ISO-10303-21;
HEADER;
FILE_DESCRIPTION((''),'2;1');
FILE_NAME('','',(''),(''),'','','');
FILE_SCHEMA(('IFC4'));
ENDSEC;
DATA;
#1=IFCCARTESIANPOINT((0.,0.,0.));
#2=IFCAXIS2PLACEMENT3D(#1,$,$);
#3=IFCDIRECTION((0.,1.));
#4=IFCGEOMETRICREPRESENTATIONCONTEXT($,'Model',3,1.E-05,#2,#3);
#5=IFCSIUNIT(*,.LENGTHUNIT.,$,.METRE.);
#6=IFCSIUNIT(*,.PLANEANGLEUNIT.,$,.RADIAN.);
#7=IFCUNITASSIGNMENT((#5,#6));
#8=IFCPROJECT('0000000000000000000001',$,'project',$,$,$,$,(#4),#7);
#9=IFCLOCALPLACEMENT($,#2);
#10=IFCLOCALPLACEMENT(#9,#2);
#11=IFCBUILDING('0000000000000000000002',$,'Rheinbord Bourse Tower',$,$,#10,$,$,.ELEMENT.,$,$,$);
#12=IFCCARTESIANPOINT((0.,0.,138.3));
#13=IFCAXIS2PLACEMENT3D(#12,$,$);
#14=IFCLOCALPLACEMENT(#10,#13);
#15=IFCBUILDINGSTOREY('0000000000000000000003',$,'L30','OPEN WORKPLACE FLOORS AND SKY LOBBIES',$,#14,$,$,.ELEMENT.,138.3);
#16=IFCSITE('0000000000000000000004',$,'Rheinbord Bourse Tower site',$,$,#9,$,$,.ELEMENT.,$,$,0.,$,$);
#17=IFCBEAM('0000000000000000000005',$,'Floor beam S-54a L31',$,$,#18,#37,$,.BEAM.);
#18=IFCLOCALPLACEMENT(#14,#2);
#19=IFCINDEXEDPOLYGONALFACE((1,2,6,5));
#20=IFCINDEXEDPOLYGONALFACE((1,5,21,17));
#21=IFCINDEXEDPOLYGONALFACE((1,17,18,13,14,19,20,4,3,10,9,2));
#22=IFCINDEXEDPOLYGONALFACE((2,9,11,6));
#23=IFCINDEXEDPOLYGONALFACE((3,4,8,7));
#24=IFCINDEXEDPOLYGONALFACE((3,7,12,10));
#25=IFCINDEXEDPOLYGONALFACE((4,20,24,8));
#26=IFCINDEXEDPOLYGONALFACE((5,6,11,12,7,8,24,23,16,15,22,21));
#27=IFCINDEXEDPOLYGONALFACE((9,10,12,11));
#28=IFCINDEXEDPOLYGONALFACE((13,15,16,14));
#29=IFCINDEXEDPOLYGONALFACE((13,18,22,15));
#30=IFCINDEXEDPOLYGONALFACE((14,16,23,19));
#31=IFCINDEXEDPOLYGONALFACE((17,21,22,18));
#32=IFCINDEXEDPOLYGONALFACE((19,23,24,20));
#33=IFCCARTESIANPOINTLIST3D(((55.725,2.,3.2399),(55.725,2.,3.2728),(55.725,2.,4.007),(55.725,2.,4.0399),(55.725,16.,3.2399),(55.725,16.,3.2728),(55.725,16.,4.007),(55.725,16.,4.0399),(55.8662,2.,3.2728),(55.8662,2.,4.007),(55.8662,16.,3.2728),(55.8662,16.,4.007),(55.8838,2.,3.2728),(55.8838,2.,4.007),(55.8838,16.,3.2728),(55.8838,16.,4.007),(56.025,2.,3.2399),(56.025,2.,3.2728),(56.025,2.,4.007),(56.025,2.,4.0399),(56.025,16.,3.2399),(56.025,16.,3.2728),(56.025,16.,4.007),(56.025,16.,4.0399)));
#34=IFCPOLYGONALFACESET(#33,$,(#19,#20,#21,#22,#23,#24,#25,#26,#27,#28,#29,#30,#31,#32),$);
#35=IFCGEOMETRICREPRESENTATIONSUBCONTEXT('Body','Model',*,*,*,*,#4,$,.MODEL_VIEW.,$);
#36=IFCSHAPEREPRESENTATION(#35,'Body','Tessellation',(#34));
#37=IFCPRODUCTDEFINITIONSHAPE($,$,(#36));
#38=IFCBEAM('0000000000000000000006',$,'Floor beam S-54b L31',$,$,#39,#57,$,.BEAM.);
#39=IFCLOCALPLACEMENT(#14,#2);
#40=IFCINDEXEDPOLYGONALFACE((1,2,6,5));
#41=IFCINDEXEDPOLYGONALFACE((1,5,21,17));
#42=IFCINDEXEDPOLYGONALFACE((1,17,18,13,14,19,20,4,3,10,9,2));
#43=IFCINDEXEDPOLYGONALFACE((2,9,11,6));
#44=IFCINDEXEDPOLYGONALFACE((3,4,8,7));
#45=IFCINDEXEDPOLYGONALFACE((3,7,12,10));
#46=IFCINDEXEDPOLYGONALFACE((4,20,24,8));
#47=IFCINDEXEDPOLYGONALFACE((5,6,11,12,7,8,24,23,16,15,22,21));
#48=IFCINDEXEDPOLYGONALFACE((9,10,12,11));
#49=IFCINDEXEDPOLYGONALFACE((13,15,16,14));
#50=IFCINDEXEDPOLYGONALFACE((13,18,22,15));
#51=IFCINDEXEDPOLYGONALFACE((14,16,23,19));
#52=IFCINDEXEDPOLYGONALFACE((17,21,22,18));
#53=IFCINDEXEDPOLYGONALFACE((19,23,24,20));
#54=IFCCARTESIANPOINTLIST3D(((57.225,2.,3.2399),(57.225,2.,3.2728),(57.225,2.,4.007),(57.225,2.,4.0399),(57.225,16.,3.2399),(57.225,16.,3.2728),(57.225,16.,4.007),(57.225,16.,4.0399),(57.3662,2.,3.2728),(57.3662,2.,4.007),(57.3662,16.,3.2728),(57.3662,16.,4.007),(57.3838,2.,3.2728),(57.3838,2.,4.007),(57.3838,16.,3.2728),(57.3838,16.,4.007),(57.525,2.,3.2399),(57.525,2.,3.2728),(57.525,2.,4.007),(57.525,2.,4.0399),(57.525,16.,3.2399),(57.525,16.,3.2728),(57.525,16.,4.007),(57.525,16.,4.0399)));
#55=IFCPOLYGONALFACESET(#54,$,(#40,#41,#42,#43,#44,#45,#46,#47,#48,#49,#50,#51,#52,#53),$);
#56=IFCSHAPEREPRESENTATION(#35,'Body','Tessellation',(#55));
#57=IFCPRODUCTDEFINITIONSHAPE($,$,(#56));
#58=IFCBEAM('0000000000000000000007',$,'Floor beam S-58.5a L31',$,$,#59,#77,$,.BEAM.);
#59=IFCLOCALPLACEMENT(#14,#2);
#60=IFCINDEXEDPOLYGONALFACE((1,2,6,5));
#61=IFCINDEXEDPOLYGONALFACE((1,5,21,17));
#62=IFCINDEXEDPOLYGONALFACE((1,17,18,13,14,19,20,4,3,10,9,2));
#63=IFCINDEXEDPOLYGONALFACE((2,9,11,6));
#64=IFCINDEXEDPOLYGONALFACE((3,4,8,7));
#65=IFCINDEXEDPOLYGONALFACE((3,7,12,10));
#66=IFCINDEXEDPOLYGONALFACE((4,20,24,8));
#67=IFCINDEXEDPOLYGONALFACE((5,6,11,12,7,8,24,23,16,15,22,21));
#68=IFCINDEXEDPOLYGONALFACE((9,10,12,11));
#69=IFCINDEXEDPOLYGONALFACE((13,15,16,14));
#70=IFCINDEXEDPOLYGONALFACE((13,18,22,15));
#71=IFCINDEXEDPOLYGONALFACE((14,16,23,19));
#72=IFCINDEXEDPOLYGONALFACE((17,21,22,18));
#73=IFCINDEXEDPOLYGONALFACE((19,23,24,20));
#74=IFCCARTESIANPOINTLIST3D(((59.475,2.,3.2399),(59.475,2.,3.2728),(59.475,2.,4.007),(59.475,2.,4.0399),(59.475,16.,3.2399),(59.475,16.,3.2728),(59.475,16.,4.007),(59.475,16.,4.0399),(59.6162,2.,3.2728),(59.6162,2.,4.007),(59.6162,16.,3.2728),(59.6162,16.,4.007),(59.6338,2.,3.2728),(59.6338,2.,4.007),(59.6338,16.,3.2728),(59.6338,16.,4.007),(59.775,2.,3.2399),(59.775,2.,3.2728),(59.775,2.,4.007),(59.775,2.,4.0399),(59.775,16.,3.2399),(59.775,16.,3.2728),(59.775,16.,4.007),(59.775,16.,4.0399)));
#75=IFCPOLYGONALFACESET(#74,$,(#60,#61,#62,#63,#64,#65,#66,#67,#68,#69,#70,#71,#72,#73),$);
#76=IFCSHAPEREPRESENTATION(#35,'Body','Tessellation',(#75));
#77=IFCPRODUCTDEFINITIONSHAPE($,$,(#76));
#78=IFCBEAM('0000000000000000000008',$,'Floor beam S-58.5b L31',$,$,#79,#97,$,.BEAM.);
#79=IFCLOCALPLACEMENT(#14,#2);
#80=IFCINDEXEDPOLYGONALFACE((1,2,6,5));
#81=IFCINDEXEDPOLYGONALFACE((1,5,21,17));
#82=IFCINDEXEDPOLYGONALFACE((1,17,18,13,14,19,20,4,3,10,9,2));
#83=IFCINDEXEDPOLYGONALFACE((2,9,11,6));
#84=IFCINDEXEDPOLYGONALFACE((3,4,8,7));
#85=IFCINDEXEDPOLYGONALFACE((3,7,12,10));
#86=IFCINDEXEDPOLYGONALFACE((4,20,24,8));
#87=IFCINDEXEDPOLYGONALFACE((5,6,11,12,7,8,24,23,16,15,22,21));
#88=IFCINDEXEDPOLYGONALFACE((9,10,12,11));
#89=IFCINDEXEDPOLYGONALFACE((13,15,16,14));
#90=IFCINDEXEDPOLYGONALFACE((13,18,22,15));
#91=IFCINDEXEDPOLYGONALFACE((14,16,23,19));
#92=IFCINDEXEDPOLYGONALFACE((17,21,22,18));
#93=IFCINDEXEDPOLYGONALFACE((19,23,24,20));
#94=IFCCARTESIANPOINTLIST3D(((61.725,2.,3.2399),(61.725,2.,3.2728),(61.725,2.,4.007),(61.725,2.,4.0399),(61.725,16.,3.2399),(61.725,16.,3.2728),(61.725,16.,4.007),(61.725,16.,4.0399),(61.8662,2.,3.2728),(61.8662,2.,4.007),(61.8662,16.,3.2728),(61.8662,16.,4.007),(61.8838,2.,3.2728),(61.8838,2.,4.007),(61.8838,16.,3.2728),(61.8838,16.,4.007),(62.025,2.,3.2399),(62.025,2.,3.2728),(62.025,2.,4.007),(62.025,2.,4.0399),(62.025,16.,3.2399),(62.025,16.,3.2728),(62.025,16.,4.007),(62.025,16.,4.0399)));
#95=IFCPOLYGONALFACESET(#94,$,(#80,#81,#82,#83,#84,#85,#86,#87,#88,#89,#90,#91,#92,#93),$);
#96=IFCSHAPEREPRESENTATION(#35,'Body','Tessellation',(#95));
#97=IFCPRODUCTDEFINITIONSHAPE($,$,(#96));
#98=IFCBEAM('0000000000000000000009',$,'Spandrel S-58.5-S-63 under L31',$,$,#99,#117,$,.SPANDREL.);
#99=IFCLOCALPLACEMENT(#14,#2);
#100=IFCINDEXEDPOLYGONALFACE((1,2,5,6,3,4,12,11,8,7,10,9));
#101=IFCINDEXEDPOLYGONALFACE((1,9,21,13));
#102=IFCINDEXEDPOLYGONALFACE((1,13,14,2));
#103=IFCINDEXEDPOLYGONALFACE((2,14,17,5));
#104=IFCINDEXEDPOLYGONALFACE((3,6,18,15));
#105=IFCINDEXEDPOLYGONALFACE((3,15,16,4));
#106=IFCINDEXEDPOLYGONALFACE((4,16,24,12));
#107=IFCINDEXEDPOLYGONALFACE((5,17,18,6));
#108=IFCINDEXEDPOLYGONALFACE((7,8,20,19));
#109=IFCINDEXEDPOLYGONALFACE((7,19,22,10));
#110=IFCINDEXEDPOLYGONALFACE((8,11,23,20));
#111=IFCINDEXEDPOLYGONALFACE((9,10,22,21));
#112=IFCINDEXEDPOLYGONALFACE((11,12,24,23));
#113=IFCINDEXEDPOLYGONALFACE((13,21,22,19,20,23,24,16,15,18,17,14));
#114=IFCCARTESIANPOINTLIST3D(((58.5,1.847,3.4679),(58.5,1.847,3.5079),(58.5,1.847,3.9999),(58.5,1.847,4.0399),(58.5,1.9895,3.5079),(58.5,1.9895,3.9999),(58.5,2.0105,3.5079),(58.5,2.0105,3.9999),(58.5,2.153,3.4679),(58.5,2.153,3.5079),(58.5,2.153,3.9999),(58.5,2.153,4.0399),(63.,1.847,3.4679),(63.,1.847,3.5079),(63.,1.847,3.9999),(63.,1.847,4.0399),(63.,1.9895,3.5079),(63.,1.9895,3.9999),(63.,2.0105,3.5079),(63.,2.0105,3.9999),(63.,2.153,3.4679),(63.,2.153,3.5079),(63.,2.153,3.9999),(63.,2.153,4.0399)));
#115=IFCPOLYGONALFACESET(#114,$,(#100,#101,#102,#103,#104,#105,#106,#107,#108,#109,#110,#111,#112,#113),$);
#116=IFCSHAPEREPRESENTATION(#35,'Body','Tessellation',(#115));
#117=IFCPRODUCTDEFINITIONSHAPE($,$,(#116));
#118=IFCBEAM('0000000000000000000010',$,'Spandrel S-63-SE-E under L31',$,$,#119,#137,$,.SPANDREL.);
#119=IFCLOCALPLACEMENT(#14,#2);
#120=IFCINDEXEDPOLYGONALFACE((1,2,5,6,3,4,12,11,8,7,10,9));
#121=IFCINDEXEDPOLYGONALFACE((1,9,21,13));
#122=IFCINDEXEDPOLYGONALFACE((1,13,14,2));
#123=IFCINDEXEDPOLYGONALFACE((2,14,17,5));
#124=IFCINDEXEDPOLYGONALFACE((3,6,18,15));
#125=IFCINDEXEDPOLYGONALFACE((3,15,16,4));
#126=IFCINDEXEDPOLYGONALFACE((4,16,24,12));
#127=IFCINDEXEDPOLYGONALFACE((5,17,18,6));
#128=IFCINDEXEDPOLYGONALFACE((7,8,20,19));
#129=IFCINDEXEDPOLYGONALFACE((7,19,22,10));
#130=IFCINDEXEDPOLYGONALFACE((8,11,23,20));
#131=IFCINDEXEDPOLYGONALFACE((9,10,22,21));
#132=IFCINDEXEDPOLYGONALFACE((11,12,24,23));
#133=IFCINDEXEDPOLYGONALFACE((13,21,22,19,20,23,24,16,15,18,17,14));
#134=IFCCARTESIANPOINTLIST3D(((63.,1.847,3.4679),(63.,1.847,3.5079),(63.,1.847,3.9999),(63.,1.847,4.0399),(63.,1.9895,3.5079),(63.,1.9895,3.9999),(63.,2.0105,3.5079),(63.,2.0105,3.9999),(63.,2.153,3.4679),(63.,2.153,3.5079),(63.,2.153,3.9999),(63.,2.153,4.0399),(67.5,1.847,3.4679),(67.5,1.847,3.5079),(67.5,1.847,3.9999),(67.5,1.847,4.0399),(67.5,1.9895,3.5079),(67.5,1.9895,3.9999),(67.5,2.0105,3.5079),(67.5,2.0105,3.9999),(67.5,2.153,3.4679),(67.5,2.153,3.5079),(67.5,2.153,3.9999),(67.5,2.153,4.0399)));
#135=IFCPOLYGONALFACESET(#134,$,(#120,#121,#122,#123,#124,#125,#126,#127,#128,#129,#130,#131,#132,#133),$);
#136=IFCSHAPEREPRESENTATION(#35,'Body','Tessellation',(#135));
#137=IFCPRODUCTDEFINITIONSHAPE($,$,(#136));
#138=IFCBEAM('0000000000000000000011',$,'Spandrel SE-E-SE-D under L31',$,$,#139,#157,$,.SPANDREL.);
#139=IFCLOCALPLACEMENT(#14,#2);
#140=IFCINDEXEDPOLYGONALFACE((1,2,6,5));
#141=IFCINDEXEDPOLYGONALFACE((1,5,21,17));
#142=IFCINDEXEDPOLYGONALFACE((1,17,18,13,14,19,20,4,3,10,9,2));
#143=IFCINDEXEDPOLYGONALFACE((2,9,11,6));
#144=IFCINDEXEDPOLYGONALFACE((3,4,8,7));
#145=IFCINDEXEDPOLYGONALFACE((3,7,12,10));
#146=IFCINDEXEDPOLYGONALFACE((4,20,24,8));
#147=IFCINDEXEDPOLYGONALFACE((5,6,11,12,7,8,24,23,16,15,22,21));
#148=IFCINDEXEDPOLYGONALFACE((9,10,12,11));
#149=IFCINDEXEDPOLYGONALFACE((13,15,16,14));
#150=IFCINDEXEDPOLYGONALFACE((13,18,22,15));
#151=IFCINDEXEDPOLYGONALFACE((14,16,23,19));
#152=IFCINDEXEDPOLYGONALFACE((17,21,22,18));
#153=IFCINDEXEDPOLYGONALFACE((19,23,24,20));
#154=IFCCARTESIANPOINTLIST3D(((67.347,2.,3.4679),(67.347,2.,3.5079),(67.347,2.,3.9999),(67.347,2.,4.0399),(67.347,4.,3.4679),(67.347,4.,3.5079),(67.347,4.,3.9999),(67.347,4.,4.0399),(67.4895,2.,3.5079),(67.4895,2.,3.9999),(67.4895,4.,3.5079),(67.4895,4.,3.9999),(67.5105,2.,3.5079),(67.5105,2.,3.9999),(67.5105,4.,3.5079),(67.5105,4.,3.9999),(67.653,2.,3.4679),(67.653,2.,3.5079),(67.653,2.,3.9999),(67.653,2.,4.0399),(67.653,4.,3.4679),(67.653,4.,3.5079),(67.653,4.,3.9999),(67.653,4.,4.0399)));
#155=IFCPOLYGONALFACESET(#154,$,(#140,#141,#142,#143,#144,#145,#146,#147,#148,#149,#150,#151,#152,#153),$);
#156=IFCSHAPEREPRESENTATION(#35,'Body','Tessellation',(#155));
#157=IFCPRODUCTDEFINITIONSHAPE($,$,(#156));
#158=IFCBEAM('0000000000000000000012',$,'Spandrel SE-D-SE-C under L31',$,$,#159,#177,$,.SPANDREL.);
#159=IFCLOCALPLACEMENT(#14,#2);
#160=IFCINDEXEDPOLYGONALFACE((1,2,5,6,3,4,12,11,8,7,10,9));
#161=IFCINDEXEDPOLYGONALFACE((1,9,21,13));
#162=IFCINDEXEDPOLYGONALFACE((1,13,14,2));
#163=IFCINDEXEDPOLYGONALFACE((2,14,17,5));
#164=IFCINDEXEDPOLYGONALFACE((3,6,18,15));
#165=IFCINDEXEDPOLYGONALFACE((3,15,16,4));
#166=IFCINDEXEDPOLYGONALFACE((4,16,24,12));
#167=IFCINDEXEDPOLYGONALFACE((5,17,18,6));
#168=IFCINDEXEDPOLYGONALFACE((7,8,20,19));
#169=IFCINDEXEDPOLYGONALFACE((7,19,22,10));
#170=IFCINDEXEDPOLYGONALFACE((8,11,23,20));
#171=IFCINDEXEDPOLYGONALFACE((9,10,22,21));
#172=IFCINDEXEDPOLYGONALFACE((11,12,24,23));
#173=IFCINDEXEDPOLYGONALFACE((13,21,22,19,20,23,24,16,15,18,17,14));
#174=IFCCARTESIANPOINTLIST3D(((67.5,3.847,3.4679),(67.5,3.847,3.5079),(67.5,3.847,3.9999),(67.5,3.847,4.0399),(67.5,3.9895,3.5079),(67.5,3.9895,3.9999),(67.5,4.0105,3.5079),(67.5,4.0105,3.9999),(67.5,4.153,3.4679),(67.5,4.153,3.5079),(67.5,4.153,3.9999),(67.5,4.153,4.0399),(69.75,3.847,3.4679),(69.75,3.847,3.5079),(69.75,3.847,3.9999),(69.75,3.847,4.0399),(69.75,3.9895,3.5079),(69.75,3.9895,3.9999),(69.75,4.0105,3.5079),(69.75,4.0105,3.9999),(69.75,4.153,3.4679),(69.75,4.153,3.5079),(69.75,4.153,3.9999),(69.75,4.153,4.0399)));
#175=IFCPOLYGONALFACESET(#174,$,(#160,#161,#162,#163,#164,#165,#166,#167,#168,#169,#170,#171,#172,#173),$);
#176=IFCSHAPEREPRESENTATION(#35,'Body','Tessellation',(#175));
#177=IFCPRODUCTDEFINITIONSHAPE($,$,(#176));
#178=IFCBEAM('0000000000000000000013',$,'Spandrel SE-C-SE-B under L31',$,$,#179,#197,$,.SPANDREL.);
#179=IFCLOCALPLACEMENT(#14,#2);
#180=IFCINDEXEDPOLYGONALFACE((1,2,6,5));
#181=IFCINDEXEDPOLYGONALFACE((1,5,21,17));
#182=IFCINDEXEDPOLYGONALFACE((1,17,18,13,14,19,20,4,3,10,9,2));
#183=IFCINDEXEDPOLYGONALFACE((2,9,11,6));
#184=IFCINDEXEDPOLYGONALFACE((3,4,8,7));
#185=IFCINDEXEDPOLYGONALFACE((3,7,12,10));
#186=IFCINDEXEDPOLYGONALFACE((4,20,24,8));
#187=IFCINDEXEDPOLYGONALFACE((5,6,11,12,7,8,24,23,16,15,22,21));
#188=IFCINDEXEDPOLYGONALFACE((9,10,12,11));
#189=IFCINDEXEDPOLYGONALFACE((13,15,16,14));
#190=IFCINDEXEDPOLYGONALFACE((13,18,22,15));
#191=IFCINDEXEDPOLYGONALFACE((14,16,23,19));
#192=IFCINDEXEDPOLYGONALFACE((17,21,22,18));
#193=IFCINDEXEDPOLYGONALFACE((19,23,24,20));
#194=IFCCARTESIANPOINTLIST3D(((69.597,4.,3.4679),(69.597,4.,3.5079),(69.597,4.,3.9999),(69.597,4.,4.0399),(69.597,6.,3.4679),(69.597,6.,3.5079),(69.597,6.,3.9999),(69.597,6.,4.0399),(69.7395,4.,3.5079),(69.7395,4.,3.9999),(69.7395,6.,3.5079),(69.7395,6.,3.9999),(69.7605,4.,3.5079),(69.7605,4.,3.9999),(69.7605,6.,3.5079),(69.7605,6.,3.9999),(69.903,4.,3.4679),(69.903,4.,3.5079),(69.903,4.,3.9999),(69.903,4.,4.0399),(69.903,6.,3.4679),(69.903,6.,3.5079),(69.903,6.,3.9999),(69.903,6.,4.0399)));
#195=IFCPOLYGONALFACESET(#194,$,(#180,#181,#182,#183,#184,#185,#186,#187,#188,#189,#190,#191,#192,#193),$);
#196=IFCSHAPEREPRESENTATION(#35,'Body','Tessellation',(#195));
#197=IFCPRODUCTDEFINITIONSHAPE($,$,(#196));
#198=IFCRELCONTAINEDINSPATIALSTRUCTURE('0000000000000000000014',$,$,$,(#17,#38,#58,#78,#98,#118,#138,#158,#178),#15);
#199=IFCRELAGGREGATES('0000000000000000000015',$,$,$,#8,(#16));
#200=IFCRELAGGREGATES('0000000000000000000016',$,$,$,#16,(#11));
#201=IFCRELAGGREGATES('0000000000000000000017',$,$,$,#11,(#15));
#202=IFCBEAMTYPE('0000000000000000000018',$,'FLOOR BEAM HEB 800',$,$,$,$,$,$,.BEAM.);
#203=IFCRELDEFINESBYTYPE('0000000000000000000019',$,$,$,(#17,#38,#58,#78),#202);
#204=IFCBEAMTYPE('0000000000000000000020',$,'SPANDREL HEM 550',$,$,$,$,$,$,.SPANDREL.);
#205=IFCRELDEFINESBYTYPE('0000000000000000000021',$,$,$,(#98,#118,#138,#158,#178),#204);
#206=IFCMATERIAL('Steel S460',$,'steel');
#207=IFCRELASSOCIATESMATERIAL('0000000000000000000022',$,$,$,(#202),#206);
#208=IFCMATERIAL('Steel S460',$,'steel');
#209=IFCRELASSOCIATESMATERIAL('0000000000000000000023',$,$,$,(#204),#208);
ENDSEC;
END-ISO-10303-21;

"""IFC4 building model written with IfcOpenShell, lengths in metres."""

from ifc_helpers import new_model, si_unit, direction, frame, origin, origin_2d, place, context, subcontext, project, spatial, i_section, extrude, material, material_profile, profile_set, type_object, element, save


model = new_model("IFC4")

# Units and contexts
model_context = context("Model", 3, precision=1e-05, world=origin(), true_north=direction((0.0, 1.0)))
body_context = subcontext(model_context, "Body", "Model", "MODEL_VIEW")
ifc_project = project(units=[si_unit("LENGTHUNIT", "METRE"), si_unit("PLANEANGLEUNIT", "RADIAN")], contexts=[model_context])

# Site, building, storey
site_placement = place(None, origin())
site = spatial("IfcSite", under=ifc_project, at=site_placement, Name="Rheinbord Bourse Tower site", CompositionType="ELEMENT", RefElevation=0.0)
building_placement = place(site_placement, origin())
building = spatial("IfcBuilding", under=site, at=building_placement, Name="Rheinbord Bourse Tower", CompositionType="ELEMENT")
storey_placement = place(building_placement, frame((0.0, 0.0, 138.3)))
storey = spatial("IfcBuildingStorey", under=building, at=storey_placement, Name="L30", Description="OPEN WORKPLACE FLOORS AND SKY LOBBIES", CompositionType="ELEMENT", Elevation=138.3)

# Beams
ifc_material_1 = material(Name="Steel S460", Category="steel")
ifc_material_profile_1 = material_profile(ifc_material_1, i_section(OverallWidth=0.3, OverallDepth=0.8, WebThickness=0.0176, FlangeThickness=0.033, at=origin_2d()), Name="HEB 800")
ifc_profile_set_1 = profile_set([ifc_material_profile_1], Name="Steel S460")
beam_type_1 = type_object("IfcBeamType", Name="FLOOR BEAM HEB 800", PredefinedType="BEAM", material=ifc_profile_set_1)
for number, where, z_axis, x_axis, name in (
    (1, (55.875, 2.0, 3.6399), (0.0, 1.0, 0.0), (-1.0, 0.0, 0.0), "Floor beam S-54a L31"),
    (2, (57.375, 2.0, 3.6399), (0.0, 1.0, 0.0), (-1.0, 0.0, 0.0), "Floor beam S-54b L31"),
    (3, (59.625, 2.0, 3.6399), (0.0, 1.0, 0.0), (-1.0, 0.0, 0.0), "Floor beam S-58.5a L31"),
    (4, (61.875, 2.0, 3.6399), (0.0, 1.0, 0.0), (-1.0, 0.0, 0.0), "Floor beam S-58.5b L31"),
):
    element("IfcBeam", number, at=place(storey_placement, frame(where, z_axis=z_axis, x_axis=x_axis)), inside=storey, type_object=beam_type_1, Name=name, PredefinedType="BEAM", context=body_context, shape_type="SweptSolid", body=[
        extrude(i_section(OverallWidth=0.3, OverallDepth=0.8, WebThickness=0.0176, FlangeThickness=0.033, at=origin_2d()), origin(), (0.0, 0.0, 1.0), 14.0),
    ])
ifc_material_2 = material(Name="Steel S460", Category="steel")
ifc_material_profile_2 = material_profile(ifc_material_2, i_section(OverallWidth=0.3059, OverallDepth=0.572, WebThickness=0.021, FlangeThickness=0.04, at=origin_2d()), Name="HEM 550")
ifc_profile_set_2 = profile_set([ifc_material_profile_2], Name="Steel S460")
beam_type_2 = type_object("IfcBeamType", Name="SPANDREL HEM 550", PredefinedType="SPANDREL", material=ifc_profile_set_2)
for number, where, z_axis, x_axis, name in (
    (5, (58.5, 2.0, 3.7539), (1.0, 0.0, 0.0), (0.0, 1.0, 0.0), "Spandrel S-58.5-S-63 under L31"),
    (6, (63.0, 2.0, 3.7539), (1.0, 0.0, 0.0), (0.0, 1.0, 0.0), "Spandrel S-63-SE-E under L31"),
):
    element("IfcBeam", number, at=place(storey_placement, frame(where, z_axis=z_axis, x_axis=x_axis)), inside=storey, type_object=beam_type_2, Name=name, PredefinedType="SPANDREL", context=body_context, shape_type="SweptSolid", body=[
        extrude(i_section(OverallWidth=0.3059, OverallDepth=0.572, WebThickness=0.021, FlangeThickness=0.04, at=origin_2d()), origin(), (0.0, 0.0, 1.0), 4.5),
    ])
beam_1_placement = place(storey_placement, frame((67.5, 2.0, 3.7539), z_axis=(0.0, 1.0, 0.0), x_axis=(-1.0, 0.0, 0.0)))
element("IfcBeam", 7, at=beam_1_placement, inside=storey, type_object=beam_type_2, Name="Spandrel SE-E-SE-D under L31", PredefinedType="SPANDREL", context=body_context, shape_type="SweptSolid", body=[
    extrude(i_section(OverallWidth=0.3059, OverallDepth=0.572, WebThickness=0.021, FlangeThickness=0.04, at=origin_2d()), origin(), (0.0, 0.0, 1.0), 2.0),
])
beam_2_placement = place(storey_placement, frame((67.5, 4.0, 3.7539), z_axis=(1.0, 0.0, 0.0), x_axis=(0.0, 1.0, 0.0)))
element("IfcBeam", 8, at=beam_2_placement, inside=storey, type_object=beam_type_2, Name="Spandrel SE-D-SE-C under L31", PredefinedType="SPANDREL", context=body_context, shape_type="SweptSolid", body=[
    extrude(i_section(OverallWidth=0.3059, OverallDepth=0.572, WebThickness=0.021, FlangeThickness=0.04, at=origin_2d()), origin(), (0.0, 0.0, 1.0), 2.25),
])
beam_3_placement = place(storey_placement, frame((69.75, 4.0, 3.7539), z_axis=(0.0, 1.0, 0.0), x_axis=(-1.0, 0.0, 0.0)))
element("IfcBeam", 9, at=beam_3_placement, inside=storey, type_object=beam_type_2, Name="Spandrel SE-C-SE-B under L31", PredefinedType="SPANDREL", context=body_context, shape_type="SweptSolid", body=[
    extrude(i_section(OverallWidth=0.3059, OverallDepth=0.572, WebThickness=0.021, FlangeThickness=0.04, at=origin_2d()), origin(), (0.0, 0.0, 1.0), 2.0),
])

save(model, "model.ifc")
